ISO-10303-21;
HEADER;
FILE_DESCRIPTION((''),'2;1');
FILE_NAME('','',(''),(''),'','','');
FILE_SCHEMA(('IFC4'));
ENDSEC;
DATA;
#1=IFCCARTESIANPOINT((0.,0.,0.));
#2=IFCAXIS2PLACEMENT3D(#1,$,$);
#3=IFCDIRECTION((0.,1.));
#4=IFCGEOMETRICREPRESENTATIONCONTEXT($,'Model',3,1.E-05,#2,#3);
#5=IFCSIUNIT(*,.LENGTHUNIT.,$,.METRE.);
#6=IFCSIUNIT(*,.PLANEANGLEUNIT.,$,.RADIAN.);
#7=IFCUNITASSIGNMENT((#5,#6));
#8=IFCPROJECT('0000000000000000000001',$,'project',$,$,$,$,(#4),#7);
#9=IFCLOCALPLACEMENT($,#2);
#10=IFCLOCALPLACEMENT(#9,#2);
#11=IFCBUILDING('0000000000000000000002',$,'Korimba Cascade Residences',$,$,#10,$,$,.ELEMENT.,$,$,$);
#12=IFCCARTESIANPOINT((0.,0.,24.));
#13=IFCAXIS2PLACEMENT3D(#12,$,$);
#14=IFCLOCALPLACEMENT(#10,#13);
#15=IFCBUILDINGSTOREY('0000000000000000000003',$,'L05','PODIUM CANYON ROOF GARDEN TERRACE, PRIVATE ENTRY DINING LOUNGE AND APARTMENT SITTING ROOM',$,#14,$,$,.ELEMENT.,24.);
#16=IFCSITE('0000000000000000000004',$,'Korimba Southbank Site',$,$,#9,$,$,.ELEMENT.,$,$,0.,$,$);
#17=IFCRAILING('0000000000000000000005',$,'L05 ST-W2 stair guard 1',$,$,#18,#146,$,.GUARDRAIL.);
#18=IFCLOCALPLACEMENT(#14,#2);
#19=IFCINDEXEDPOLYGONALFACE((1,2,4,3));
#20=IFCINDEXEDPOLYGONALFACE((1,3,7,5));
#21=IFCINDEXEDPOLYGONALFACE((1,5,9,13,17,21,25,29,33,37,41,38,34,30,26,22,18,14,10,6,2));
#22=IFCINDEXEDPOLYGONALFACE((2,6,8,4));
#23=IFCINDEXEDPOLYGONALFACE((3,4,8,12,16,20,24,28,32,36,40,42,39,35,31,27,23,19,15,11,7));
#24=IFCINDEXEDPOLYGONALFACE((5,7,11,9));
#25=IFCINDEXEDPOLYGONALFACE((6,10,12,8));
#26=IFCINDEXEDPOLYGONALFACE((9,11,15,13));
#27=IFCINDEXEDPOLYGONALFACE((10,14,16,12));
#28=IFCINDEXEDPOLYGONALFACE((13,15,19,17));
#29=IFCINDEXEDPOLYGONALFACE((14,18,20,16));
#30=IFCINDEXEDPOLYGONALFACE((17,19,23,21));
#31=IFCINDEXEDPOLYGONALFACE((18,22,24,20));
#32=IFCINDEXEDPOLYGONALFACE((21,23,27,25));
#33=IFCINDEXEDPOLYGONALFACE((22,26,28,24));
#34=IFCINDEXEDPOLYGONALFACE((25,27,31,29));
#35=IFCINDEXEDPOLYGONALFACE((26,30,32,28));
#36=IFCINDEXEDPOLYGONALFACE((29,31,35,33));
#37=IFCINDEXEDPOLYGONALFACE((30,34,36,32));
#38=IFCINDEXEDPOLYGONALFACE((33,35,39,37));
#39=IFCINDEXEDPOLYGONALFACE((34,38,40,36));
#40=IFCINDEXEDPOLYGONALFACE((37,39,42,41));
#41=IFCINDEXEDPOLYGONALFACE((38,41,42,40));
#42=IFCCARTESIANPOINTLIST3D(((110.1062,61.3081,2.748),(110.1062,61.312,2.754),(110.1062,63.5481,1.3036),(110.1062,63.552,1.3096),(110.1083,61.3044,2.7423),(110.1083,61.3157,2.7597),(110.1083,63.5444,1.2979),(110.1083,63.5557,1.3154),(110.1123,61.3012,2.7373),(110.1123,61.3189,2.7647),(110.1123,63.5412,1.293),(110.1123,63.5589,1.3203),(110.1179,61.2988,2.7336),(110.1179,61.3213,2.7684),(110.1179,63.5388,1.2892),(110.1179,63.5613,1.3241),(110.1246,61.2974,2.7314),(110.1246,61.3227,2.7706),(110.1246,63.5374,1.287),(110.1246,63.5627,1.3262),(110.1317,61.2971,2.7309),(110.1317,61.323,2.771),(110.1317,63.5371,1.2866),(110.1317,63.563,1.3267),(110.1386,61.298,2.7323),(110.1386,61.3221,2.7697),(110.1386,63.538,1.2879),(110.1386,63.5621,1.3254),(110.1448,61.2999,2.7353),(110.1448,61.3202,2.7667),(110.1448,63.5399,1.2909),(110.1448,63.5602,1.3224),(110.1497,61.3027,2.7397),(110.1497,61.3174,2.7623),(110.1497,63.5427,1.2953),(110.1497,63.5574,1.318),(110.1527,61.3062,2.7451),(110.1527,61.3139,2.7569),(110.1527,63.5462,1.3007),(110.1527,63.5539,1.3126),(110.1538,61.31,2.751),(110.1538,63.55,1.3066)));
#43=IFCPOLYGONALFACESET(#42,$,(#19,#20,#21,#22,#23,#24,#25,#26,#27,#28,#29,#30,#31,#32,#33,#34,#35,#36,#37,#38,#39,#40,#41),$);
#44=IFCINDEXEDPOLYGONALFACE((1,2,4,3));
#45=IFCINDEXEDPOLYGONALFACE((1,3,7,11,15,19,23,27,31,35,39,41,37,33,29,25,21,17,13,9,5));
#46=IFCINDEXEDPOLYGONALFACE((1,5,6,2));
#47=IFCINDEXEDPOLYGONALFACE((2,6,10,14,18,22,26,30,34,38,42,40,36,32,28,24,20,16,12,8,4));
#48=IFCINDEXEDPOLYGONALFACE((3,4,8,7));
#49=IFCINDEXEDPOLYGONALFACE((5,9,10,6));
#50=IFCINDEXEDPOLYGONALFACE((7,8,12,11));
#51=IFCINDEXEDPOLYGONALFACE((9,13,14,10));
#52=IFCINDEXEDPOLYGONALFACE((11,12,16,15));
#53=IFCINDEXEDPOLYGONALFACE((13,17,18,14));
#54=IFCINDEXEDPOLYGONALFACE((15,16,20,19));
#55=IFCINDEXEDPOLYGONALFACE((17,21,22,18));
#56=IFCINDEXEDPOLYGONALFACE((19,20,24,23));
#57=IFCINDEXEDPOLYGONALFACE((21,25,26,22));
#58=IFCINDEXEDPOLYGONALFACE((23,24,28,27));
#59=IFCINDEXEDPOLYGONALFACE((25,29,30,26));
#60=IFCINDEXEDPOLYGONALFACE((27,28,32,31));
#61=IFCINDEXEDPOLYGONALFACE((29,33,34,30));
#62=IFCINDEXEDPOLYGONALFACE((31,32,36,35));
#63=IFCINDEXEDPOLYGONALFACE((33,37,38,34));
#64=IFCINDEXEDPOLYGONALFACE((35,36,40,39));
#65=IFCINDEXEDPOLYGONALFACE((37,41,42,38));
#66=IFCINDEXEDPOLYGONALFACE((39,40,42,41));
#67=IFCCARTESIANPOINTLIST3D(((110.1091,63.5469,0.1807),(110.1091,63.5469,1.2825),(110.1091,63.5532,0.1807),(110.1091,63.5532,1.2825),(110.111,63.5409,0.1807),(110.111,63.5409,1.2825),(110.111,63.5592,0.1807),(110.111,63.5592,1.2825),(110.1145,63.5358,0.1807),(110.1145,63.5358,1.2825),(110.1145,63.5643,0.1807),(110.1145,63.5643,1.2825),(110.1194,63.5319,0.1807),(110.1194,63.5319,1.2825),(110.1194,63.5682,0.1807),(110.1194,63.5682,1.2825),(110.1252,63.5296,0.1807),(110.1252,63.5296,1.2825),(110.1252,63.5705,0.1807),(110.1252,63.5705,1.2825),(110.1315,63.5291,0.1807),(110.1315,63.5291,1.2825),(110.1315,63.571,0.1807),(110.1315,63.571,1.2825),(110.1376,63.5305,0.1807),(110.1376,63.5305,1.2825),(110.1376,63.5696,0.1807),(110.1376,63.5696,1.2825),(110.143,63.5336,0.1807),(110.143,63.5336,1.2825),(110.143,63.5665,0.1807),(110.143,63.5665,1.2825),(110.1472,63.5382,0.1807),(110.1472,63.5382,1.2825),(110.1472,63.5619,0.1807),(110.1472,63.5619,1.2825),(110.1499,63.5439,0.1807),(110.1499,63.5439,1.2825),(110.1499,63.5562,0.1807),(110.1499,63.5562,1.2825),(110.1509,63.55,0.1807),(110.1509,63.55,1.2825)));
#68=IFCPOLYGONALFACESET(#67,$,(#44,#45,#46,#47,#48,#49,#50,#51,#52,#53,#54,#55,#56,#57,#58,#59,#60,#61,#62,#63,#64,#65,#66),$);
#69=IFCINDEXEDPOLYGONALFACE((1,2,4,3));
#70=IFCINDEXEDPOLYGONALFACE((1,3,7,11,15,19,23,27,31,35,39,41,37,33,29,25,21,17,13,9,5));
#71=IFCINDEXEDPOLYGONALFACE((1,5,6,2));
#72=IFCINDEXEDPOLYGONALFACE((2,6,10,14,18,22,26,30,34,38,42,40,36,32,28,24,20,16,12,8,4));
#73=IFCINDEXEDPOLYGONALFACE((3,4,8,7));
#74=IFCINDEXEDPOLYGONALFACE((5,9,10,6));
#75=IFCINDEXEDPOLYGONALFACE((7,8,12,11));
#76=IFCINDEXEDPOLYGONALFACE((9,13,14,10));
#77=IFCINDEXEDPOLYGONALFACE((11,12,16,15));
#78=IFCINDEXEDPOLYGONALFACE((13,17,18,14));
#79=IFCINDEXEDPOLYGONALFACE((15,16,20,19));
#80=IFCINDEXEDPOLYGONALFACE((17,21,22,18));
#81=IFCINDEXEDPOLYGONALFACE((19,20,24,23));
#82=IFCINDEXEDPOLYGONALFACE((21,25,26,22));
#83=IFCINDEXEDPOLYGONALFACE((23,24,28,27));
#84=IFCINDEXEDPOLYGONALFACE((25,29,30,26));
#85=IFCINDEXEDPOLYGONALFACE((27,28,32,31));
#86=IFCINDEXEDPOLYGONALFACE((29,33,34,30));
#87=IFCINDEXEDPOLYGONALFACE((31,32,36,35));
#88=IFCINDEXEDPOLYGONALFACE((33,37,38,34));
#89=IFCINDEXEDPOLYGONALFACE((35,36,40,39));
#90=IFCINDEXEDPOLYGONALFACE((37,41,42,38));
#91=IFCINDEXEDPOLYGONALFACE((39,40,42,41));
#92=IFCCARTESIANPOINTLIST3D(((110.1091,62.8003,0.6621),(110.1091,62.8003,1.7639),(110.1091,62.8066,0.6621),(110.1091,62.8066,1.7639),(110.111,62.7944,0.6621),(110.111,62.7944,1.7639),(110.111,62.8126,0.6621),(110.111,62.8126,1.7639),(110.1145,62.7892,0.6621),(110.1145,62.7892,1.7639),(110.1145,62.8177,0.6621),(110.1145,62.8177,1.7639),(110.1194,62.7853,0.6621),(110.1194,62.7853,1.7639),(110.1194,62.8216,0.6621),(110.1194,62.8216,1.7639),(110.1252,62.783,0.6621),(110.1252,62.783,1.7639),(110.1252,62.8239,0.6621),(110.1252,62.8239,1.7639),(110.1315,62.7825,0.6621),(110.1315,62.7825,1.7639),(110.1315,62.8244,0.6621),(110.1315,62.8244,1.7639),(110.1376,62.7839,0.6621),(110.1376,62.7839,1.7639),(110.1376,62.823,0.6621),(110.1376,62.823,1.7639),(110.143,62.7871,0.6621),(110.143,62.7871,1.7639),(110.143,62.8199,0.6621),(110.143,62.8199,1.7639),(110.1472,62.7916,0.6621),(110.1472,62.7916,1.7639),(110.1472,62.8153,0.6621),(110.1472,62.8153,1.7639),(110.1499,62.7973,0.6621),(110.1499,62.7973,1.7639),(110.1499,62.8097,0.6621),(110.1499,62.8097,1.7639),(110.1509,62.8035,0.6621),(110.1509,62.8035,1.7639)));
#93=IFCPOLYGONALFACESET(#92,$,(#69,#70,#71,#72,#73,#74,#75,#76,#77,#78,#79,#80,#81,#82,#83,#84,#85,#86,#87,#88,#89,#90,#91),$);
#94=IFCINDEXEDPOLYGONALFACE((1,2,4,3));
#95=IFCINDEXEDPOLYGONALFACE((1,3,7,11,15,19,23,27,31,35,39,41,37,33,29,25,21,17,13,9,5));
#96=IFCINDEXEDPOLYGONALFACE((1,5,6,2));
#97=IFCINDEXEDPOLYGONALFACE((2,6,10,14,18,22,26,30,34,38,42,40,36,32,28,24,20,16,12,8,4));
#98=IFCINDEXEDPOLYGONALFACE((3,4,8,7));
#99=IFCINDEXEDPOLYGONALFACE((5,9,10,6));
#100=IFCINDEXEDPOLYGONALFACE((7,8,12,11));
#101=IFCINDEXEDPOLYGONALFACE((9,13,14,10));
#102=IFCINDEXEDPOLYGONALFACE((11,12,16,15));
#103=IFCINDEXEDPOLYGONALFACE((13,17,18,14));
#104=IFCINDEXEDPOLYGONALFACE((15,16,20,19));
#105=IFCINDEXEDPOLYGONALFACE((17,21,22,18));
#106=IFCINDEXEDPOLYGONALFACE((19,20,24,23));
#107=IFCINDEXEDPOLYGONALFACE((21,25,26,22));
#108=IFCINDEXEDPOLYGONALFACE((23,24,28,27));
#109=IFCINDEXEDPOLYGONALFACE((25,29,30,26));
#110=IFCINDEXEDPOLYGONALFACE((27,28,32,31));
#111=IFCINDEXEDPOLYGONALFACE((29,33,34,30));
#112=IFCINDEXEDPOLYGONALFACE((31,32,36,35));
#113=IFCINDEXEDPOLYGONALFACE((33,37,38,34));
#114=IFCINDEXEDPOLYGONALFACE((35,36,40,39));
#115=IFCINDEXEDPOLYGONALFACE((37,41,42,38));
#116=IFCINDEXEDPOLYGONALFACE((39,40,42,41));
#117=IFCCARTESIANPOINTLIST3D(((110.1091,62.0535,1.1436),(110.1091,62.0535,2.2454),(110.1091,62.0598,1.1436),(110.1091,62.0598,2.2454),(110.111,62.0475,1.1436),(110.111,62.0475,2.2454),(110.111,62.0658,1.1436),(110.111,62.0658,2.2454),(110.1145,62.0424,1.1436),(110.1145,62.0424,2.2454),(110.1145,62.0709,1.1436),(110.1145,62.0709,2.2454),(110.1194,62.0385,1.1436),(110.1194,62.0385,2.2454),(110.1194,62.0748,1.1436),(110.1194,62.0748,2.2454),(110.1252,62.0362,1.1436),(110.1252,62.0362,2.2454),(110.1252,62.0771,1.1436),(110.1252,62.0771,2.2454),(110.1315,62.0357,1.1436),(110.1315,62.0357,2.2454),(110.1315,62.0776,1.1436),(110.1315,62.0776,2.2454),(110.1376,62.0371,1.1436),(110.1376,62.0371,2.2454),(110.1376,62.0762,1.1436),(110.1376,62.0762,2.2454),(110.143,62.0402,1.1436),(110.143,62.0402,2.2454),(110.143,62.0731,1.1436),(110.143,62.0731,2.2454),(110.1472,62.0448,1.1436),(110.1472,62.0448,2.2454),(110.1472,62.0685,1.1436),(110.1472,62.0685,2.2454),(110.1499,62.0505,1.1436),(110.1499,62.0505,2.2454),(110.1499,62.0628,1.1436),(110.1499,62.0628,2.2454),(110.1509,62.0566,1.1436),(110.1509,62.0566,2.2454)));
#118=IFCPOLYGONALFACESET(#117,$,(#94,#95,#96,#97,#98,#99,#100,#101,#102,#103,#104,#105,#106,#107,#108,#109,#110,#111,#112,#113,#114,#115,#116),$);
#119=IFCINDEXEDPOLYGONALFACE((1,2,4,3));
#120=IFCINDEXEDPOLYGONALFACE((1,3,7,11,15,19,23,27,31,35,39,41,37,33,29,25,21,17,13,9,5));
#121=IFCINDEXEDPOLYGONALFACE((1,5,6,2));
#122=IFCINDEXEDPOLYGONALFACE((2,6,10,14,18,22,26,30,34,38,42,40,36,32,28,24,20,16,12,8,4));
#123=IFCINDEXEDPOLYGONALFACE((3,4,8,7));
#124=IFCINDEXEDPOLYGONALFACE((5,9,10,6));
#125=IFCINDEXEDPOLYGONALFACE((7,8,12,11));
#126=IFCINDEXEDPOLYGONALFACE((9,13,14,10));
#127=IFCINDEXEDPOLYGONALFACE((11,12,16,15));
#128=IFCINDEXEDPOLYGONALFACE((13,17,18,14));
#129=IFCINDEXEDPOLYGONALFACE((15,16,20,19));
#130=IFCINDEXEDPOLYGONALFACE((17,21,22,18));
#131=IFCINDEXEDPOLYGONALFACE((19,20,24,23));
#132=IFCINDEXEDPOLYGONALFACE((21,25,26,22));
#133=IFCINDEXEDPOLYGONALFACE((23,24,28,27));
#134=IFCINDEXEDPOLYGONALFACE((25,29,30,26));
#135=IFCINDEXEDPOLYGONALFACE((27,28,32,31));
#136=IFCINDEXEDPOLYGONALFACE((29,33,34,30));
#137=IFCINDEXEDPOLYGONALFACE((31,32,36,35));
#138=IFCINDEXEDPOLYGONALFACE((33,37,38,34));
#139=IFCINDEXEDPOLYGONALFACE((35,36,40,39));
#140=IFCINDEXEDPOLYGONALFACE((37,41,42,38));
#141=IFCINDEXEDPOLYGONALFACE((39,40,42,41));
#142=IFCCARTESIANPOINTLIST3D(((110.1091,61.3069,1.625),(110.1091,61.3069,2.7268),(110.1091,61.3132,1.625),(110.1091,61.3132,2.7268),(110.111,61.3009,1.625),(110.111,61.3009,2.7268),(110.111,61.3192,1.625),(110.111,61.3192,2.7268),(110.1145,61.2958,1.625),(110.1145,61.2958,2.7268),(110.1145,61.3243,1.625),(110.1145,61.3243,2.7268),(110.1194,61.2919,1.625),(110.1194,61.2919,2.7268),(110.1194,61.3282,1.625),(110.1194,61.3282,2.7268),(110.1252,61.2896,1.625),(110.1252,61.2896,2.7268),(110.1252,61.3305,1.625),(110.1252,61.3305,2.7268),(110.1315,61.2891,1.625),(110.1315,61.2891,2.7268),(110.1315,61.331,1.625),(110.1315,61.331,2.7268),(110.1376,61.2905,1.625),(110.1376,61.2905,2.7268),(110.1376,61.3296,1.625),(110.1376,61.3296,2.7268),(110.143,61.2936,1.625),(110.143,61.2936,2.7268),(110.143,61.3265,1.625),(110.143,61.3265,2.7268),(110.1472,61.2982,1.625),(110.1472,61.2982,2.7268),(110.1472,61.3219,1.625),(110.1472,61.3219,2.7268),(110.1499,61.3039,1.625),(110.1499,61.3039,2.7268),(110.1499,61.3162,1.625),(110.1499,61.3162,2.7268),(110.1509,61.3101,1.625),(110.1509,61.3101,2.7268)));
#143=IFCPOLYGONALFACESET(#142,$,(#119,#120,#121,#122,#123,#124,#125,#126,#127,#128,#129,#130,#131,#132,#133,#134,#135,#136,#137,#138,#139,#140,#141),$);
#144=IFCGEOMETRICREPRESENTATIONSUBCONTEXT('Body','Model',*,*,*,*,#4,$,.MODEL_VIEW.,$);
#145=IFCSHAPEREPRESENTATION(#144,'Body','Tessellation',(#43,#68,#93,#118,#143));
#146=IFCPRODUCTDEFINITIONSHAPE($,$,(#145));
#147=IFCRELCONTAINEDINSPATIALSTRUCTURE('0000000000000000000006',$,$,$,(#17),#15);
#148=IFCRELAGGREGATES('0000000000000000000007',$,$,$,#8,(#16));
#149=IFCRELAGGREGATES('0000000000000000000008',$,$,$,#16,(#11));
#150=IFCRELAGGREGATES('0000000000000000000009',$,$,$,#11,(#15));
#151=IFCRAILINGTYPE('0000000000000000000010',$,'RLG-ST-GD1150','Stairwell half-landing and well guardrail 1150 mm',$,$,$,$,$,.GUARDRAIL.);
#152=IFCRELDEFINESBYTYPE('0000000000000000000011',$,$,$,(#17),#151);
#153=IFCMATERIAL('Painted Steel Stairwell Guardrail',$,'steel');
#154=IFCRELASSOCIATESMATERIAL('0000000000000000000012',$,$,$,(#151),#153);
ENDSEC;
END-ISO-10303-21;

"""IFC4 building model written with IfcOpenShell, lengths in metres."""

from ifc_helpers import new_model, si_unit, direction, frame, origin, origin_2d, place, context, subcontext, project, spatial, circle, extrude, material, type_object, element, save


model = new_model("IFC4")

# Units and contexts
model_context = context("Model", 3, precision=1e-05, world=origin(), true_north=direction((0.0, 1.0)))
body_context = subcontext(model_context, "Body", "Model", "MODEL_VIEW")
ifc_project = project(units=[si_unit("LENGTHUNIT", "METRE"), si_unit("PLANEANGLEUNIT", "RADIAN")], contexts=[model_context])

# Site, building, storey
site_placement = place(None, origin())
site = spatial("IfcSite", under=ifc_project, at=site_placement, Name="Korimba Southbank Site", CompositionType="ELEMENT", RefElevation=0.0)
building_placement = place(site_placement, origin())
building = spatial("IfcBuilding", under=site, at=building_placement, Name="Korimba Cascade Residences", CompositionType="ELEMENT")
storey_placement = place(building_placement, frame((0.0, 0.0, 24.0)))
storey = spatial("IfcBuildingStorey", under=building, at=storey_placement, Name="L05", Description="PODIUM CANYON ROOF GARDEN TERRACE, PRIVATE ENTRY DINING LOUNGE AND APARTMENT SITTING ROOM", CompositionType="ELEMENT", Elevation=24.0)

# Railing
ifc_material_1 = material(Name="Painted Steel Stairwell Guardrail", Category="steel")
railing_type_1 = type_object("IfcRailingType", Name="RLG-ST-GD1150", Description="Stairwell half-landing and well guardrail 1150 mm", PredefinedType="GUARDRAIL", material=ifc_material_1)
railing_1_placement = place(storey_placement, frame((110.1299, 63.55, 0.1807)))
element("IfcRailing", 1, at=railing_1_placement, inside=storey, type_object=railing_type_1, Name="L05 ST-W2 stair guard 1", PredefinedType="GUARDRAIL", context=body_context, shape_type="SweptSolid", body=[
    extrude(circle(Radius=0.0239, at=origin_2d()), frame((0.0, 0.0, 1.126), z_axis=(0.0, -0.840437, 0.54191), x_axis=(1.0, 0.0, 0.0)), (0.0, 0.0, 1.0), 2.6653),
    extrude(circle(Radius=0.021, at=origin_2d()), origin(), (0.0, 0.0, 1.0), 1.1018),
    extrude(circle(Radius=0.021, at=origin_2d()), frame((0.0, -0.7466, 0.4814)), (0.0, 0.0, 1.0), 1.1018),
    extrude(circle(Radius=0.021, at=origin_2d()), frame((0.0, -1.4934, 0.9629)), (0.0, 0.0, 1.0), 1.1018),
    extrude(circle(Radius=0.021, at=origin_2d()), frame((0.0, -2.24, 1.4443)), (0.0, 0.0, 1.0), 1.1018),
])

save(model, "model.ifc")
